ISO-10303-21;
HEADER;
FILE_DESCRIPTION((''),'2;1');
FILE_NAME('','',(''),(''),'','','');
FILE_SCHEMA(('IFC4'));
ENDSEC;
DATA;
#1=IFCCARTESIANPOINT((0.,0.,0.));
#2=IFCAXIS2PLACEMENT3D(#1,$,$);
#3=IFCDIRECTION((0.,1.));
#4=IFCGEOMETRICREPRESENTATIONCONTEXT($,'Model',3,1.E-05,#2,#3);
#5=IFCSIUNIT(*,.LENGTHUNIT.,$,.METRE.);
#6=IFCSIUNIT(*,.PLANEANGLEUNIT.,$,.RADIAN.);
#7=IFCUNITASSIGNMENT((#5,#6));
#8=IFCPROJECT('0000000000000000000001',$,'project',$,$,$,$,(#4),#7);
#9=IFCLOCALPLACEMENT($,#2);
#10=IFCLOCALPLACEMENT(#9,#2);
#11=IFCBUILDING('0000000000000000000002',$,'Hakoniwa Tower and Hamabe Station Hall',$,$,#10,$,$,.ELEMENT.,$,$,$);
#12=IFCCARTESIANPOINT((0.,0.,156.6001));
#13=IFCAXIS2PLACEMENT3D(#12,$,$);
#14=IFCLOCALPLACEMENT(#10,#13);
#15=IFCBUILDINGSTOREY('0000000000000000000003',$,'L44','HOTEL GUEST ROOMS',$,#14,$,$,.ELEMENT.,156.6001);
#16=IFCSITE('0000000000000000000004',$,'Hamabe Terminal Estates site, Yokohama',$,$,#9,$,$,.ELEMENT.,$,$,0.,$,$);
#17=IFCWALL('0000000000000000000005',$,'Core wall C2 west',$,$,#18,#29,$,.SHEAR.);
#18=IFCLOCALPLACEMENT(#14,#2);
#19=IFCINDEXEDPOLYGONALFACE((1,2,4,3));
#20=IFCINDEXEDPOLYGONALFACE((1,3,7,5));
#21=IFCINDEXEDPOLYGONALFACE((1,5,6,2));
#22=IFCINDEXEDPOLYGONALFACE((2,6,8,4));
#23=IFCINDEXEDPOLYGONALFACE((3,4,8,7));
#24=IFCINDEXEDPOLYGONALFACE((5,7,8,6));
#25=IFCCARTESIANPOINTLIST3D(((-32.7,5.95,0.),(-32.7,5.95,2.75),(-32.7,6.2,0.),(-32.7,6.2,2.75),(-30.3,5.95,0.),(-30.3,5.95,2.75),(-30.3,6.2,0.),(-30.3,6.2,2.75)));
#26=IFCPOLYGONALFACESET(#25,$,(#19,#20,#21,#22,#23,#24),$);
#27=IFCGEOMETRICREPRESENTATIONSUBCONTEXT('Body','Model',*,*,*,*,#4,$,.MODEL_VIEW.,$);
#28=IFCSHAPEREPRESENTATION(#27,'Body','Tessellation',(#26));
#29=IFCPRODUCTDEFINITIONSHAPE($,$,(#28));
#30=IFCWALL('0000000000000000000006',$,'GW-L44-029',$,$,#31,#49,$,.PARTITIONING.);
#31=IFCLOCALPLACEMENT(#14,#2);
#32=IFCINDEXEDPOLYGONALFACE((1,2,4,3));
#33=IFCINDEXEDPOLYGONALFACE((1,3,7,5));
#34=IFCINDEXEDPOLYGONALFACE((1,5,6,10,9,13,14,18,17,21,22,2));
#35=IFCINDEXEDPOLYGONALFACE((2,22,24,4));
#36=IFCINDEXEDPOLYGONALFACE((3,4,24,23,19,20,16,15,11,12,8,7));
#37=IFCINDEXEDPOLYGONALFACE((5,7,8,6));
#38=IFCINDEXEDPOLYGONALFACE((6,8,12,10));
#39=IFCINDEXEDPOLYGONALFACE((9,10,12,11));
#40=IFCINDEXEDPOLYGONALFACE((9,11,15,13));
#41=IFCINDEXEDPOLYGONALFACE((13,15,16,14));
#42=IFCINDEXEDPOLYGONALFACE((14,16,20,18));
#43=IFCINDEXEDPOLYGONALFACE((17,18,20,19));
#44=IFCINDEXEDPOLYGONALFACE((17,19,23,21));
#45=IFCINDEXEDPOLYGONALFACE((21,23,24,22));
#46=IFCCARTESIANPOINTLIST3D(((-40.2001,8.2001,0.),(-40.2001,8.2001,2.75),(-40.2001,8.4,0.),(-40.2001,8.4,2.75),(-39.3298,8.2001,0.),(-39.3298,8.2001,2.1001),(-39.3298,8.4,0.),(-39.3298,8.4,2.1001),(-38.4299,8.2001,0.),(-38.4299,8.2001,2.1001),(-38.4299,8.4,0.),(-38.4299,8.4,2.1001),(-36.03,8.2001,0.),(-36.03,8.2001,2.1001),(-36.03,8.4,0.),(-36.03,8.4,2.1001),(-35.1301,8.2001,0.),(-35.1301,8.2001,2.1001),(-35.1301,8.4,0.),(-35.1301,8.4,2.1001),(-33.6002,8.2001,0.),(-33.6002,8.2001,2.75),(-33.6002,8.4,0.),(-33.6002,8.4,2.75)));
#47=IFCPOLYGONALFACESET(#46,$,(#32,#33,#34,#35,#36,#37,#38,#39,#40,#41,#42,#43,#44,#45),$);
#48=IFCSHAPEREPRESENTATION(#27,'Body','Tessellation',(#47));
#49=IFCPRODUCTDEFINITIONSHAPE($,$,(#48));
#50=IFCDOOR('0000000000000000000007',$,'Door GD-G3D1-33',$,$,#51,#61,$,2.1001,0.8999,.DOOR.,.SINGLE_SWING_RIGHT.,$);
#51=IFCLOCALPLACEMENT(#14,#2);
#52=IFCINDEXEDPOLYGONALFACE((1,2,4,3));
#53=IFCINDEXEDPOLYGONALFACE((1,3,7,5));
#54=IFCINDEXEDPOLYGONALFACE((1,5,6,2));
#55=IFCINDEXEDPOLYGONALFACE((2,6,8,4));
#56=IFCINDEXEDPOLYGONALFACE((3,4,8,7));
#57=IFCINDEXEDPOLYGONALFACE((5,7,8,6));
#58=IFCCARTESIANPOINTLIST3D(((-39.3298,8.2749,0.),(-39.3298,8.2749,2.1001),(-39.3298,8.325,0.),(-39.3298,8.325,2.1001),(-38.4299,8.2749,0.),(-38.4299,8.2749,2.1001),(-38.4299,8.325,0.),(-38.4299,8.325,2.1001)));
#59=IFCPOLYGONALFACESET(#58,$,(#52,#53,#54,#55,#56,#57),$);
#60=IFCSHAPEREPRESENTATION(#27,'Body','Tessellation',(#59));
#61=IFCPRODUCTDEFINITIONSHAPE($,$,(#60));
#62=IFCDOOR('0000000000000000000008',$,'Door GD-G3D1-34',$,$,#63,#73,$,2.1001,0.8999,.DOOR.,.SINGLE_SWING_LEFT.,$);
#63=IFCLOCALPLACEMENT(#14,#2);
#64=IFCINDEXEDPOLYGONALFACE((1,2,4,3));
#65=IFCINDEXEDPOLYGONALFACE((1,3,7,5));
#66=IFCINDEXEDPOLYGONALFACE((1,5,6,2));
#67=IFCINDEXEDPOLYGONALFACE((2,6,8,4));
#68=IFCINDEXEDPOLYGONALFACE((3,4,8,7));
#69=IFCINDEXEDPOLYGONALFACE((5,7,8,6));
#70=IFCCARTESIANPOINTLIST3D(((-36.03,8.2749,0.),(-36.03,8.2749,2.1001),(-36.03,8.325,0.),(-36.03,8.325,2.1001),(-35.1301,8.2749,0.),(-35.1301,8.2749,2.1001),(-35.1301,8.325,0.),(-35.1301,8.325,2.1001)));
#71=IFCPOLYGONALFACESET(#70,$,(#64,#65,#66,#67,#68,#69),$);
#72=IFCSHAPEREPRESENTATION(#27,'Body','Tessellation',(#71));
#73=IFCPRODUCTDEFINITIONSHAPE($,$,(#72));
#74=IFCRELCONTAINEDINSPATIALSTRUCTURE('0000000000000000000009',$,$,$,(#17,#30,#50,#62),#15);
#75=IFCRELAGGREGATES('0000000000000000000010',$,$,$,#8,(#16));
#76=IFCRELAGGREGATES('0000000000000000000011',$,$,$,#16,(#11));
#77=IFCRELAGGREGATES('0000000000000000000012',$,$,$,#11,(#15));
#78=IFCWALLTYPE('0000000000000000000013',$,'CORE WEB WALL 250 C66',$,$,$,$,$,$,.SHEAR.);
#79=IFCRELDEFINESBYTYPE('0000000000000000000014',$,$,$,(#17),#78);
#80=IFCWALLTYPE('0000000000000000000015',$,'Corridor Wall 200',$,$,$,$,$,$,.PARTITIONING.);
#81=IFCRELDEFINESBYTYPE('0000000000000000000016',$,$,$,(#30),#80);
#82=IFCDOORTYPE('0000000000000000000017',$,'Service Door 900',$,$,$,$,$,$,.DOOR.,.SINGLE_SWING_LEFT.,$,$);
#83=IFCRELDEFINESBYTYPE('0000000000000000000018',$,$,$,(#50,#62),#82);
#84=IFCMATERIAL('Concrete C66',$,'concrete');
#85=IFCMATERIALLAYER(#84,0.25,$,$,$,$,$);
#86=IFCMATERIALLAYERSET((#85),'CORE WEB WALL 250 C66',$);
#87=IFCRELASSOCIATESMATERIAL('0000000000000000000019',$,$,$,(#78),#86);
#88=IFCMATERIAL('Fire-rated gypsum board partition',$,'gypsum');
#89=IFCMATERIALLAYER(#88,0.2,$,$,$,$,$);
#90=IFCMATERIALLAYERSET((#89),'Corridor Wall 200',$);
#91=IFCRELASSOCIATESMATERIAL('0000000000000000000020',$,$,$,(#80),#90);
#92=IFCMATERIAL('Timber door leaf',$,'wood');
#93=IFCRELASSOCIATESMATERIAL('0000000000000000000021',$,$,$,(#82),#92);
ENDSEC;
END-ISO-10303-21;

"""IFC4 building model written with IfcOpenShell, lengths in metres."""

from ifc_helpers import new_model, si_unit, direction, frame, frame_2d, origin, place, context, subcontext, project, spatial, rectangle, extrude, material, layer, layer_set, type_object, element, fill, save


model = new_model("IFC4")

# Units and contexts
model_context = context("Model", 3, precision=1e-05, world=origin(), true_north=direction((0.0, 1.0)))
body_context = subcontext(model_context, "Body", "Model", "MODEL_VIEW")
ifc_project = project(units=[si_unit("LENGTHUNIT", "METRE"), si_unit("PLANEANGLEUNIT", "RADIAN")], contexts=[model_context])

# Site, building, storey
site_placement = place(None, origin())
site = spatial("IfcSite", under=ifc_project, at=site_placement, Name="Hamabe Terminal Estates site, Yokohama", CompositionType="ELEMENT", RefElevation=0.0)
building_placement = place(site_placement, origin())
building = spatial("IfcBuilding", under=site, at=building_placement, Name="Hakoniwa Tower and Hamabe Station Hall", CompositionType="ELEMENT")
storey_placement = place(building_placement, frame((0.0, 0.0, 156.6001)))
storey = spatial("IfcBuildingStorey", under=building, at=storey_placement, Name="L44", Description="HOTEL GUEST ROOMS", CompositionType="ELEMENT", Elevation=156.6001)

# Wall
ifc_material_1 = material(Name="Concrete C66", Category="concrete")
ifc_layer_1 = layer(ifc_material_1, 0.25)
ifc_layer_set_1 = layer_set([ifc_layer_1], Name="CORE WEB WALL 250 C66")
wall_type_1 = type_object("IfcWallType", Name="CORE WEB WALL 250 C66", PredefinedType="SHEAR", material=ifc_layer_set_1)
wall_1_placement = place(storey_placement, frame((-32.7, 6.075, 0.0), z_axis=(0.0, 0.0, 1.0), x_axis=(1.0, 0.0, 0.0)))
element("IfcWall", 1, at=wall_1_placement, inside=storey, type_object=wall_type_1, Name="Core wall C2 west", PredefinedType="SHEAR", context=body_context, shape_type="SweptSolid", body=[
    extrude(rectangle(XDim=2.3999, YDim=0.25, at=frame_2d((1.2, 0.0))), origin(), (0.0, 0.0, 1.0), 2.75),
])

# Wall, openings, doors
ifc_material_2 = material(Name="Fire-rated gypsum board partition", Category="gypsum")
ifc_layer_2 = layer(ifc_material_2, 0.2)
ifc_layer_set_2 = layer_set([ifc_layer_2], Name="Corridor Wall 200")
wall_type_2 = type_object("IfcWallType", Name="Corridor Wall 200", PredefinedType="PARTITIONING", material=ifc_layer_set_2)
wall_2_placement = place(storey_placement, frame((-40.2, 8.3, 0.0), z_axis=(0.0, 0.0, 1.0), x_axis=(1.0, 0.0, 0.0)))
wall_2 = element("IfcWall", 2, at=wall_2_placement, inside=storey, type_object=wall_type_2, Name="GW-L44-029", PredefinedType="PARTITIONING", context=body_context, shape_type="SweptSolid", body=[
    extrude(rectangle(XDim=6.5999, YDim=0.2, at=frame_2d((3.2998, 0.0))), origin(), (0.0, 0.0, 1.0), 2.75),
])
opening_1_placement = place(wall_2_placement, frame((0.8701, 0.0, 0.0)))
opening_1 = element("IfcOpeningElement", 3, at=opening_1_placement, cuts=wall_2, PredefinedType="OPENING", context=body_context, shape_type="SweptSolid", body=[
    extrude(rectangle(XDim=0.8999, YDim=2.1001, at=frame_2d((0.45, 1.05))), frame((0.0, 0.1099, 0.0), z_axis=(0.0, -1.0, 0.0), x_axis=(1.0, 0.0, 0.0)), (0.0, 0.0, 1.0), 0.22),
])
opening_2_placement = place(wall_2_placement, frame((4.1699, 0.0, 0.0)))
opening_2 = element("IfcOpeningElement", 4, at=opening_2_placement, cuts=wall_2, PredefinedType="OPENING", context=body_context, shape_type="SweptSolid", body=[
    extrude(rectangle(XDim=0.8999, YDim=2.1001, at=frame_2d((0.45, 1.05))), frame((0.0, 0.1099, 0.0), z_axis=(0.0, -1.0, 0.0), x_axis=(1.0, 0.0, 0.0)), (0.0, 0.0, 1.0), 0.22),
])
ifc_material_3 = material(Name="Timber door leaf", Category="wood")
door_type_1 = type_object("IfcDoorType", Name="Service Door 900", OperationType="SINGLE_SWING_LEFT", PredefinedType="DOOR", material=ifc_material_3)
door_1_placement = place(opening_1_placement, origin())
door_1 = element("IfcDoor", 5, at=door_1_placement, inside=storey, type_object=door_type_1, Name="Door GD-G3D1-33", OperationType="SINGLE_SWING_RIGHT", OverallHeight=2.1001, OverallWidth=0.8999, PredefinedType="DOOR", context=body_context, shape_type="SweptSolid", body=[
    extrude(rectangle(XDim=0.8999, YDim=2.1001, at=frame_2d((0.45, 1.05))), frame((0.0, 0.0249, 0.0), z_axis=(0.0, -1.0, 0.0), x_axis=(1.0, 0.0, 0.0)), (0.0, 0.0, 1.0), 0.05),
])
fill(opening_1, door_1)
door_2_placement = place(opening_2_placement, origin())
door_2 = element("IfcDoor", 6, at=door_2_placement, inside=storey, type_object=door_type_1, Name="Door GD-G3D1-34", OperationType="SINGLE_SWING_LEFT", OverallHeight=2.1001, OverallWidth=0.8999, PredefinedType="DOOR", context=body_context, shape_type="SweptSolid", body=[
    extrude(rectangle(XDim=0.8999, YDim=2.1001, at=frame_2d((0.45, 1.05))), frame((0.0, 0.0249, 0.0), z_axis=(0.0, -1.0, 0.0), x_axis=(1.0, 0.0, 0.0)), (0.0, 0.0, 1.0), 0.05),
])
fill(opening_2, door_2)

save(model, "model.ifc")
